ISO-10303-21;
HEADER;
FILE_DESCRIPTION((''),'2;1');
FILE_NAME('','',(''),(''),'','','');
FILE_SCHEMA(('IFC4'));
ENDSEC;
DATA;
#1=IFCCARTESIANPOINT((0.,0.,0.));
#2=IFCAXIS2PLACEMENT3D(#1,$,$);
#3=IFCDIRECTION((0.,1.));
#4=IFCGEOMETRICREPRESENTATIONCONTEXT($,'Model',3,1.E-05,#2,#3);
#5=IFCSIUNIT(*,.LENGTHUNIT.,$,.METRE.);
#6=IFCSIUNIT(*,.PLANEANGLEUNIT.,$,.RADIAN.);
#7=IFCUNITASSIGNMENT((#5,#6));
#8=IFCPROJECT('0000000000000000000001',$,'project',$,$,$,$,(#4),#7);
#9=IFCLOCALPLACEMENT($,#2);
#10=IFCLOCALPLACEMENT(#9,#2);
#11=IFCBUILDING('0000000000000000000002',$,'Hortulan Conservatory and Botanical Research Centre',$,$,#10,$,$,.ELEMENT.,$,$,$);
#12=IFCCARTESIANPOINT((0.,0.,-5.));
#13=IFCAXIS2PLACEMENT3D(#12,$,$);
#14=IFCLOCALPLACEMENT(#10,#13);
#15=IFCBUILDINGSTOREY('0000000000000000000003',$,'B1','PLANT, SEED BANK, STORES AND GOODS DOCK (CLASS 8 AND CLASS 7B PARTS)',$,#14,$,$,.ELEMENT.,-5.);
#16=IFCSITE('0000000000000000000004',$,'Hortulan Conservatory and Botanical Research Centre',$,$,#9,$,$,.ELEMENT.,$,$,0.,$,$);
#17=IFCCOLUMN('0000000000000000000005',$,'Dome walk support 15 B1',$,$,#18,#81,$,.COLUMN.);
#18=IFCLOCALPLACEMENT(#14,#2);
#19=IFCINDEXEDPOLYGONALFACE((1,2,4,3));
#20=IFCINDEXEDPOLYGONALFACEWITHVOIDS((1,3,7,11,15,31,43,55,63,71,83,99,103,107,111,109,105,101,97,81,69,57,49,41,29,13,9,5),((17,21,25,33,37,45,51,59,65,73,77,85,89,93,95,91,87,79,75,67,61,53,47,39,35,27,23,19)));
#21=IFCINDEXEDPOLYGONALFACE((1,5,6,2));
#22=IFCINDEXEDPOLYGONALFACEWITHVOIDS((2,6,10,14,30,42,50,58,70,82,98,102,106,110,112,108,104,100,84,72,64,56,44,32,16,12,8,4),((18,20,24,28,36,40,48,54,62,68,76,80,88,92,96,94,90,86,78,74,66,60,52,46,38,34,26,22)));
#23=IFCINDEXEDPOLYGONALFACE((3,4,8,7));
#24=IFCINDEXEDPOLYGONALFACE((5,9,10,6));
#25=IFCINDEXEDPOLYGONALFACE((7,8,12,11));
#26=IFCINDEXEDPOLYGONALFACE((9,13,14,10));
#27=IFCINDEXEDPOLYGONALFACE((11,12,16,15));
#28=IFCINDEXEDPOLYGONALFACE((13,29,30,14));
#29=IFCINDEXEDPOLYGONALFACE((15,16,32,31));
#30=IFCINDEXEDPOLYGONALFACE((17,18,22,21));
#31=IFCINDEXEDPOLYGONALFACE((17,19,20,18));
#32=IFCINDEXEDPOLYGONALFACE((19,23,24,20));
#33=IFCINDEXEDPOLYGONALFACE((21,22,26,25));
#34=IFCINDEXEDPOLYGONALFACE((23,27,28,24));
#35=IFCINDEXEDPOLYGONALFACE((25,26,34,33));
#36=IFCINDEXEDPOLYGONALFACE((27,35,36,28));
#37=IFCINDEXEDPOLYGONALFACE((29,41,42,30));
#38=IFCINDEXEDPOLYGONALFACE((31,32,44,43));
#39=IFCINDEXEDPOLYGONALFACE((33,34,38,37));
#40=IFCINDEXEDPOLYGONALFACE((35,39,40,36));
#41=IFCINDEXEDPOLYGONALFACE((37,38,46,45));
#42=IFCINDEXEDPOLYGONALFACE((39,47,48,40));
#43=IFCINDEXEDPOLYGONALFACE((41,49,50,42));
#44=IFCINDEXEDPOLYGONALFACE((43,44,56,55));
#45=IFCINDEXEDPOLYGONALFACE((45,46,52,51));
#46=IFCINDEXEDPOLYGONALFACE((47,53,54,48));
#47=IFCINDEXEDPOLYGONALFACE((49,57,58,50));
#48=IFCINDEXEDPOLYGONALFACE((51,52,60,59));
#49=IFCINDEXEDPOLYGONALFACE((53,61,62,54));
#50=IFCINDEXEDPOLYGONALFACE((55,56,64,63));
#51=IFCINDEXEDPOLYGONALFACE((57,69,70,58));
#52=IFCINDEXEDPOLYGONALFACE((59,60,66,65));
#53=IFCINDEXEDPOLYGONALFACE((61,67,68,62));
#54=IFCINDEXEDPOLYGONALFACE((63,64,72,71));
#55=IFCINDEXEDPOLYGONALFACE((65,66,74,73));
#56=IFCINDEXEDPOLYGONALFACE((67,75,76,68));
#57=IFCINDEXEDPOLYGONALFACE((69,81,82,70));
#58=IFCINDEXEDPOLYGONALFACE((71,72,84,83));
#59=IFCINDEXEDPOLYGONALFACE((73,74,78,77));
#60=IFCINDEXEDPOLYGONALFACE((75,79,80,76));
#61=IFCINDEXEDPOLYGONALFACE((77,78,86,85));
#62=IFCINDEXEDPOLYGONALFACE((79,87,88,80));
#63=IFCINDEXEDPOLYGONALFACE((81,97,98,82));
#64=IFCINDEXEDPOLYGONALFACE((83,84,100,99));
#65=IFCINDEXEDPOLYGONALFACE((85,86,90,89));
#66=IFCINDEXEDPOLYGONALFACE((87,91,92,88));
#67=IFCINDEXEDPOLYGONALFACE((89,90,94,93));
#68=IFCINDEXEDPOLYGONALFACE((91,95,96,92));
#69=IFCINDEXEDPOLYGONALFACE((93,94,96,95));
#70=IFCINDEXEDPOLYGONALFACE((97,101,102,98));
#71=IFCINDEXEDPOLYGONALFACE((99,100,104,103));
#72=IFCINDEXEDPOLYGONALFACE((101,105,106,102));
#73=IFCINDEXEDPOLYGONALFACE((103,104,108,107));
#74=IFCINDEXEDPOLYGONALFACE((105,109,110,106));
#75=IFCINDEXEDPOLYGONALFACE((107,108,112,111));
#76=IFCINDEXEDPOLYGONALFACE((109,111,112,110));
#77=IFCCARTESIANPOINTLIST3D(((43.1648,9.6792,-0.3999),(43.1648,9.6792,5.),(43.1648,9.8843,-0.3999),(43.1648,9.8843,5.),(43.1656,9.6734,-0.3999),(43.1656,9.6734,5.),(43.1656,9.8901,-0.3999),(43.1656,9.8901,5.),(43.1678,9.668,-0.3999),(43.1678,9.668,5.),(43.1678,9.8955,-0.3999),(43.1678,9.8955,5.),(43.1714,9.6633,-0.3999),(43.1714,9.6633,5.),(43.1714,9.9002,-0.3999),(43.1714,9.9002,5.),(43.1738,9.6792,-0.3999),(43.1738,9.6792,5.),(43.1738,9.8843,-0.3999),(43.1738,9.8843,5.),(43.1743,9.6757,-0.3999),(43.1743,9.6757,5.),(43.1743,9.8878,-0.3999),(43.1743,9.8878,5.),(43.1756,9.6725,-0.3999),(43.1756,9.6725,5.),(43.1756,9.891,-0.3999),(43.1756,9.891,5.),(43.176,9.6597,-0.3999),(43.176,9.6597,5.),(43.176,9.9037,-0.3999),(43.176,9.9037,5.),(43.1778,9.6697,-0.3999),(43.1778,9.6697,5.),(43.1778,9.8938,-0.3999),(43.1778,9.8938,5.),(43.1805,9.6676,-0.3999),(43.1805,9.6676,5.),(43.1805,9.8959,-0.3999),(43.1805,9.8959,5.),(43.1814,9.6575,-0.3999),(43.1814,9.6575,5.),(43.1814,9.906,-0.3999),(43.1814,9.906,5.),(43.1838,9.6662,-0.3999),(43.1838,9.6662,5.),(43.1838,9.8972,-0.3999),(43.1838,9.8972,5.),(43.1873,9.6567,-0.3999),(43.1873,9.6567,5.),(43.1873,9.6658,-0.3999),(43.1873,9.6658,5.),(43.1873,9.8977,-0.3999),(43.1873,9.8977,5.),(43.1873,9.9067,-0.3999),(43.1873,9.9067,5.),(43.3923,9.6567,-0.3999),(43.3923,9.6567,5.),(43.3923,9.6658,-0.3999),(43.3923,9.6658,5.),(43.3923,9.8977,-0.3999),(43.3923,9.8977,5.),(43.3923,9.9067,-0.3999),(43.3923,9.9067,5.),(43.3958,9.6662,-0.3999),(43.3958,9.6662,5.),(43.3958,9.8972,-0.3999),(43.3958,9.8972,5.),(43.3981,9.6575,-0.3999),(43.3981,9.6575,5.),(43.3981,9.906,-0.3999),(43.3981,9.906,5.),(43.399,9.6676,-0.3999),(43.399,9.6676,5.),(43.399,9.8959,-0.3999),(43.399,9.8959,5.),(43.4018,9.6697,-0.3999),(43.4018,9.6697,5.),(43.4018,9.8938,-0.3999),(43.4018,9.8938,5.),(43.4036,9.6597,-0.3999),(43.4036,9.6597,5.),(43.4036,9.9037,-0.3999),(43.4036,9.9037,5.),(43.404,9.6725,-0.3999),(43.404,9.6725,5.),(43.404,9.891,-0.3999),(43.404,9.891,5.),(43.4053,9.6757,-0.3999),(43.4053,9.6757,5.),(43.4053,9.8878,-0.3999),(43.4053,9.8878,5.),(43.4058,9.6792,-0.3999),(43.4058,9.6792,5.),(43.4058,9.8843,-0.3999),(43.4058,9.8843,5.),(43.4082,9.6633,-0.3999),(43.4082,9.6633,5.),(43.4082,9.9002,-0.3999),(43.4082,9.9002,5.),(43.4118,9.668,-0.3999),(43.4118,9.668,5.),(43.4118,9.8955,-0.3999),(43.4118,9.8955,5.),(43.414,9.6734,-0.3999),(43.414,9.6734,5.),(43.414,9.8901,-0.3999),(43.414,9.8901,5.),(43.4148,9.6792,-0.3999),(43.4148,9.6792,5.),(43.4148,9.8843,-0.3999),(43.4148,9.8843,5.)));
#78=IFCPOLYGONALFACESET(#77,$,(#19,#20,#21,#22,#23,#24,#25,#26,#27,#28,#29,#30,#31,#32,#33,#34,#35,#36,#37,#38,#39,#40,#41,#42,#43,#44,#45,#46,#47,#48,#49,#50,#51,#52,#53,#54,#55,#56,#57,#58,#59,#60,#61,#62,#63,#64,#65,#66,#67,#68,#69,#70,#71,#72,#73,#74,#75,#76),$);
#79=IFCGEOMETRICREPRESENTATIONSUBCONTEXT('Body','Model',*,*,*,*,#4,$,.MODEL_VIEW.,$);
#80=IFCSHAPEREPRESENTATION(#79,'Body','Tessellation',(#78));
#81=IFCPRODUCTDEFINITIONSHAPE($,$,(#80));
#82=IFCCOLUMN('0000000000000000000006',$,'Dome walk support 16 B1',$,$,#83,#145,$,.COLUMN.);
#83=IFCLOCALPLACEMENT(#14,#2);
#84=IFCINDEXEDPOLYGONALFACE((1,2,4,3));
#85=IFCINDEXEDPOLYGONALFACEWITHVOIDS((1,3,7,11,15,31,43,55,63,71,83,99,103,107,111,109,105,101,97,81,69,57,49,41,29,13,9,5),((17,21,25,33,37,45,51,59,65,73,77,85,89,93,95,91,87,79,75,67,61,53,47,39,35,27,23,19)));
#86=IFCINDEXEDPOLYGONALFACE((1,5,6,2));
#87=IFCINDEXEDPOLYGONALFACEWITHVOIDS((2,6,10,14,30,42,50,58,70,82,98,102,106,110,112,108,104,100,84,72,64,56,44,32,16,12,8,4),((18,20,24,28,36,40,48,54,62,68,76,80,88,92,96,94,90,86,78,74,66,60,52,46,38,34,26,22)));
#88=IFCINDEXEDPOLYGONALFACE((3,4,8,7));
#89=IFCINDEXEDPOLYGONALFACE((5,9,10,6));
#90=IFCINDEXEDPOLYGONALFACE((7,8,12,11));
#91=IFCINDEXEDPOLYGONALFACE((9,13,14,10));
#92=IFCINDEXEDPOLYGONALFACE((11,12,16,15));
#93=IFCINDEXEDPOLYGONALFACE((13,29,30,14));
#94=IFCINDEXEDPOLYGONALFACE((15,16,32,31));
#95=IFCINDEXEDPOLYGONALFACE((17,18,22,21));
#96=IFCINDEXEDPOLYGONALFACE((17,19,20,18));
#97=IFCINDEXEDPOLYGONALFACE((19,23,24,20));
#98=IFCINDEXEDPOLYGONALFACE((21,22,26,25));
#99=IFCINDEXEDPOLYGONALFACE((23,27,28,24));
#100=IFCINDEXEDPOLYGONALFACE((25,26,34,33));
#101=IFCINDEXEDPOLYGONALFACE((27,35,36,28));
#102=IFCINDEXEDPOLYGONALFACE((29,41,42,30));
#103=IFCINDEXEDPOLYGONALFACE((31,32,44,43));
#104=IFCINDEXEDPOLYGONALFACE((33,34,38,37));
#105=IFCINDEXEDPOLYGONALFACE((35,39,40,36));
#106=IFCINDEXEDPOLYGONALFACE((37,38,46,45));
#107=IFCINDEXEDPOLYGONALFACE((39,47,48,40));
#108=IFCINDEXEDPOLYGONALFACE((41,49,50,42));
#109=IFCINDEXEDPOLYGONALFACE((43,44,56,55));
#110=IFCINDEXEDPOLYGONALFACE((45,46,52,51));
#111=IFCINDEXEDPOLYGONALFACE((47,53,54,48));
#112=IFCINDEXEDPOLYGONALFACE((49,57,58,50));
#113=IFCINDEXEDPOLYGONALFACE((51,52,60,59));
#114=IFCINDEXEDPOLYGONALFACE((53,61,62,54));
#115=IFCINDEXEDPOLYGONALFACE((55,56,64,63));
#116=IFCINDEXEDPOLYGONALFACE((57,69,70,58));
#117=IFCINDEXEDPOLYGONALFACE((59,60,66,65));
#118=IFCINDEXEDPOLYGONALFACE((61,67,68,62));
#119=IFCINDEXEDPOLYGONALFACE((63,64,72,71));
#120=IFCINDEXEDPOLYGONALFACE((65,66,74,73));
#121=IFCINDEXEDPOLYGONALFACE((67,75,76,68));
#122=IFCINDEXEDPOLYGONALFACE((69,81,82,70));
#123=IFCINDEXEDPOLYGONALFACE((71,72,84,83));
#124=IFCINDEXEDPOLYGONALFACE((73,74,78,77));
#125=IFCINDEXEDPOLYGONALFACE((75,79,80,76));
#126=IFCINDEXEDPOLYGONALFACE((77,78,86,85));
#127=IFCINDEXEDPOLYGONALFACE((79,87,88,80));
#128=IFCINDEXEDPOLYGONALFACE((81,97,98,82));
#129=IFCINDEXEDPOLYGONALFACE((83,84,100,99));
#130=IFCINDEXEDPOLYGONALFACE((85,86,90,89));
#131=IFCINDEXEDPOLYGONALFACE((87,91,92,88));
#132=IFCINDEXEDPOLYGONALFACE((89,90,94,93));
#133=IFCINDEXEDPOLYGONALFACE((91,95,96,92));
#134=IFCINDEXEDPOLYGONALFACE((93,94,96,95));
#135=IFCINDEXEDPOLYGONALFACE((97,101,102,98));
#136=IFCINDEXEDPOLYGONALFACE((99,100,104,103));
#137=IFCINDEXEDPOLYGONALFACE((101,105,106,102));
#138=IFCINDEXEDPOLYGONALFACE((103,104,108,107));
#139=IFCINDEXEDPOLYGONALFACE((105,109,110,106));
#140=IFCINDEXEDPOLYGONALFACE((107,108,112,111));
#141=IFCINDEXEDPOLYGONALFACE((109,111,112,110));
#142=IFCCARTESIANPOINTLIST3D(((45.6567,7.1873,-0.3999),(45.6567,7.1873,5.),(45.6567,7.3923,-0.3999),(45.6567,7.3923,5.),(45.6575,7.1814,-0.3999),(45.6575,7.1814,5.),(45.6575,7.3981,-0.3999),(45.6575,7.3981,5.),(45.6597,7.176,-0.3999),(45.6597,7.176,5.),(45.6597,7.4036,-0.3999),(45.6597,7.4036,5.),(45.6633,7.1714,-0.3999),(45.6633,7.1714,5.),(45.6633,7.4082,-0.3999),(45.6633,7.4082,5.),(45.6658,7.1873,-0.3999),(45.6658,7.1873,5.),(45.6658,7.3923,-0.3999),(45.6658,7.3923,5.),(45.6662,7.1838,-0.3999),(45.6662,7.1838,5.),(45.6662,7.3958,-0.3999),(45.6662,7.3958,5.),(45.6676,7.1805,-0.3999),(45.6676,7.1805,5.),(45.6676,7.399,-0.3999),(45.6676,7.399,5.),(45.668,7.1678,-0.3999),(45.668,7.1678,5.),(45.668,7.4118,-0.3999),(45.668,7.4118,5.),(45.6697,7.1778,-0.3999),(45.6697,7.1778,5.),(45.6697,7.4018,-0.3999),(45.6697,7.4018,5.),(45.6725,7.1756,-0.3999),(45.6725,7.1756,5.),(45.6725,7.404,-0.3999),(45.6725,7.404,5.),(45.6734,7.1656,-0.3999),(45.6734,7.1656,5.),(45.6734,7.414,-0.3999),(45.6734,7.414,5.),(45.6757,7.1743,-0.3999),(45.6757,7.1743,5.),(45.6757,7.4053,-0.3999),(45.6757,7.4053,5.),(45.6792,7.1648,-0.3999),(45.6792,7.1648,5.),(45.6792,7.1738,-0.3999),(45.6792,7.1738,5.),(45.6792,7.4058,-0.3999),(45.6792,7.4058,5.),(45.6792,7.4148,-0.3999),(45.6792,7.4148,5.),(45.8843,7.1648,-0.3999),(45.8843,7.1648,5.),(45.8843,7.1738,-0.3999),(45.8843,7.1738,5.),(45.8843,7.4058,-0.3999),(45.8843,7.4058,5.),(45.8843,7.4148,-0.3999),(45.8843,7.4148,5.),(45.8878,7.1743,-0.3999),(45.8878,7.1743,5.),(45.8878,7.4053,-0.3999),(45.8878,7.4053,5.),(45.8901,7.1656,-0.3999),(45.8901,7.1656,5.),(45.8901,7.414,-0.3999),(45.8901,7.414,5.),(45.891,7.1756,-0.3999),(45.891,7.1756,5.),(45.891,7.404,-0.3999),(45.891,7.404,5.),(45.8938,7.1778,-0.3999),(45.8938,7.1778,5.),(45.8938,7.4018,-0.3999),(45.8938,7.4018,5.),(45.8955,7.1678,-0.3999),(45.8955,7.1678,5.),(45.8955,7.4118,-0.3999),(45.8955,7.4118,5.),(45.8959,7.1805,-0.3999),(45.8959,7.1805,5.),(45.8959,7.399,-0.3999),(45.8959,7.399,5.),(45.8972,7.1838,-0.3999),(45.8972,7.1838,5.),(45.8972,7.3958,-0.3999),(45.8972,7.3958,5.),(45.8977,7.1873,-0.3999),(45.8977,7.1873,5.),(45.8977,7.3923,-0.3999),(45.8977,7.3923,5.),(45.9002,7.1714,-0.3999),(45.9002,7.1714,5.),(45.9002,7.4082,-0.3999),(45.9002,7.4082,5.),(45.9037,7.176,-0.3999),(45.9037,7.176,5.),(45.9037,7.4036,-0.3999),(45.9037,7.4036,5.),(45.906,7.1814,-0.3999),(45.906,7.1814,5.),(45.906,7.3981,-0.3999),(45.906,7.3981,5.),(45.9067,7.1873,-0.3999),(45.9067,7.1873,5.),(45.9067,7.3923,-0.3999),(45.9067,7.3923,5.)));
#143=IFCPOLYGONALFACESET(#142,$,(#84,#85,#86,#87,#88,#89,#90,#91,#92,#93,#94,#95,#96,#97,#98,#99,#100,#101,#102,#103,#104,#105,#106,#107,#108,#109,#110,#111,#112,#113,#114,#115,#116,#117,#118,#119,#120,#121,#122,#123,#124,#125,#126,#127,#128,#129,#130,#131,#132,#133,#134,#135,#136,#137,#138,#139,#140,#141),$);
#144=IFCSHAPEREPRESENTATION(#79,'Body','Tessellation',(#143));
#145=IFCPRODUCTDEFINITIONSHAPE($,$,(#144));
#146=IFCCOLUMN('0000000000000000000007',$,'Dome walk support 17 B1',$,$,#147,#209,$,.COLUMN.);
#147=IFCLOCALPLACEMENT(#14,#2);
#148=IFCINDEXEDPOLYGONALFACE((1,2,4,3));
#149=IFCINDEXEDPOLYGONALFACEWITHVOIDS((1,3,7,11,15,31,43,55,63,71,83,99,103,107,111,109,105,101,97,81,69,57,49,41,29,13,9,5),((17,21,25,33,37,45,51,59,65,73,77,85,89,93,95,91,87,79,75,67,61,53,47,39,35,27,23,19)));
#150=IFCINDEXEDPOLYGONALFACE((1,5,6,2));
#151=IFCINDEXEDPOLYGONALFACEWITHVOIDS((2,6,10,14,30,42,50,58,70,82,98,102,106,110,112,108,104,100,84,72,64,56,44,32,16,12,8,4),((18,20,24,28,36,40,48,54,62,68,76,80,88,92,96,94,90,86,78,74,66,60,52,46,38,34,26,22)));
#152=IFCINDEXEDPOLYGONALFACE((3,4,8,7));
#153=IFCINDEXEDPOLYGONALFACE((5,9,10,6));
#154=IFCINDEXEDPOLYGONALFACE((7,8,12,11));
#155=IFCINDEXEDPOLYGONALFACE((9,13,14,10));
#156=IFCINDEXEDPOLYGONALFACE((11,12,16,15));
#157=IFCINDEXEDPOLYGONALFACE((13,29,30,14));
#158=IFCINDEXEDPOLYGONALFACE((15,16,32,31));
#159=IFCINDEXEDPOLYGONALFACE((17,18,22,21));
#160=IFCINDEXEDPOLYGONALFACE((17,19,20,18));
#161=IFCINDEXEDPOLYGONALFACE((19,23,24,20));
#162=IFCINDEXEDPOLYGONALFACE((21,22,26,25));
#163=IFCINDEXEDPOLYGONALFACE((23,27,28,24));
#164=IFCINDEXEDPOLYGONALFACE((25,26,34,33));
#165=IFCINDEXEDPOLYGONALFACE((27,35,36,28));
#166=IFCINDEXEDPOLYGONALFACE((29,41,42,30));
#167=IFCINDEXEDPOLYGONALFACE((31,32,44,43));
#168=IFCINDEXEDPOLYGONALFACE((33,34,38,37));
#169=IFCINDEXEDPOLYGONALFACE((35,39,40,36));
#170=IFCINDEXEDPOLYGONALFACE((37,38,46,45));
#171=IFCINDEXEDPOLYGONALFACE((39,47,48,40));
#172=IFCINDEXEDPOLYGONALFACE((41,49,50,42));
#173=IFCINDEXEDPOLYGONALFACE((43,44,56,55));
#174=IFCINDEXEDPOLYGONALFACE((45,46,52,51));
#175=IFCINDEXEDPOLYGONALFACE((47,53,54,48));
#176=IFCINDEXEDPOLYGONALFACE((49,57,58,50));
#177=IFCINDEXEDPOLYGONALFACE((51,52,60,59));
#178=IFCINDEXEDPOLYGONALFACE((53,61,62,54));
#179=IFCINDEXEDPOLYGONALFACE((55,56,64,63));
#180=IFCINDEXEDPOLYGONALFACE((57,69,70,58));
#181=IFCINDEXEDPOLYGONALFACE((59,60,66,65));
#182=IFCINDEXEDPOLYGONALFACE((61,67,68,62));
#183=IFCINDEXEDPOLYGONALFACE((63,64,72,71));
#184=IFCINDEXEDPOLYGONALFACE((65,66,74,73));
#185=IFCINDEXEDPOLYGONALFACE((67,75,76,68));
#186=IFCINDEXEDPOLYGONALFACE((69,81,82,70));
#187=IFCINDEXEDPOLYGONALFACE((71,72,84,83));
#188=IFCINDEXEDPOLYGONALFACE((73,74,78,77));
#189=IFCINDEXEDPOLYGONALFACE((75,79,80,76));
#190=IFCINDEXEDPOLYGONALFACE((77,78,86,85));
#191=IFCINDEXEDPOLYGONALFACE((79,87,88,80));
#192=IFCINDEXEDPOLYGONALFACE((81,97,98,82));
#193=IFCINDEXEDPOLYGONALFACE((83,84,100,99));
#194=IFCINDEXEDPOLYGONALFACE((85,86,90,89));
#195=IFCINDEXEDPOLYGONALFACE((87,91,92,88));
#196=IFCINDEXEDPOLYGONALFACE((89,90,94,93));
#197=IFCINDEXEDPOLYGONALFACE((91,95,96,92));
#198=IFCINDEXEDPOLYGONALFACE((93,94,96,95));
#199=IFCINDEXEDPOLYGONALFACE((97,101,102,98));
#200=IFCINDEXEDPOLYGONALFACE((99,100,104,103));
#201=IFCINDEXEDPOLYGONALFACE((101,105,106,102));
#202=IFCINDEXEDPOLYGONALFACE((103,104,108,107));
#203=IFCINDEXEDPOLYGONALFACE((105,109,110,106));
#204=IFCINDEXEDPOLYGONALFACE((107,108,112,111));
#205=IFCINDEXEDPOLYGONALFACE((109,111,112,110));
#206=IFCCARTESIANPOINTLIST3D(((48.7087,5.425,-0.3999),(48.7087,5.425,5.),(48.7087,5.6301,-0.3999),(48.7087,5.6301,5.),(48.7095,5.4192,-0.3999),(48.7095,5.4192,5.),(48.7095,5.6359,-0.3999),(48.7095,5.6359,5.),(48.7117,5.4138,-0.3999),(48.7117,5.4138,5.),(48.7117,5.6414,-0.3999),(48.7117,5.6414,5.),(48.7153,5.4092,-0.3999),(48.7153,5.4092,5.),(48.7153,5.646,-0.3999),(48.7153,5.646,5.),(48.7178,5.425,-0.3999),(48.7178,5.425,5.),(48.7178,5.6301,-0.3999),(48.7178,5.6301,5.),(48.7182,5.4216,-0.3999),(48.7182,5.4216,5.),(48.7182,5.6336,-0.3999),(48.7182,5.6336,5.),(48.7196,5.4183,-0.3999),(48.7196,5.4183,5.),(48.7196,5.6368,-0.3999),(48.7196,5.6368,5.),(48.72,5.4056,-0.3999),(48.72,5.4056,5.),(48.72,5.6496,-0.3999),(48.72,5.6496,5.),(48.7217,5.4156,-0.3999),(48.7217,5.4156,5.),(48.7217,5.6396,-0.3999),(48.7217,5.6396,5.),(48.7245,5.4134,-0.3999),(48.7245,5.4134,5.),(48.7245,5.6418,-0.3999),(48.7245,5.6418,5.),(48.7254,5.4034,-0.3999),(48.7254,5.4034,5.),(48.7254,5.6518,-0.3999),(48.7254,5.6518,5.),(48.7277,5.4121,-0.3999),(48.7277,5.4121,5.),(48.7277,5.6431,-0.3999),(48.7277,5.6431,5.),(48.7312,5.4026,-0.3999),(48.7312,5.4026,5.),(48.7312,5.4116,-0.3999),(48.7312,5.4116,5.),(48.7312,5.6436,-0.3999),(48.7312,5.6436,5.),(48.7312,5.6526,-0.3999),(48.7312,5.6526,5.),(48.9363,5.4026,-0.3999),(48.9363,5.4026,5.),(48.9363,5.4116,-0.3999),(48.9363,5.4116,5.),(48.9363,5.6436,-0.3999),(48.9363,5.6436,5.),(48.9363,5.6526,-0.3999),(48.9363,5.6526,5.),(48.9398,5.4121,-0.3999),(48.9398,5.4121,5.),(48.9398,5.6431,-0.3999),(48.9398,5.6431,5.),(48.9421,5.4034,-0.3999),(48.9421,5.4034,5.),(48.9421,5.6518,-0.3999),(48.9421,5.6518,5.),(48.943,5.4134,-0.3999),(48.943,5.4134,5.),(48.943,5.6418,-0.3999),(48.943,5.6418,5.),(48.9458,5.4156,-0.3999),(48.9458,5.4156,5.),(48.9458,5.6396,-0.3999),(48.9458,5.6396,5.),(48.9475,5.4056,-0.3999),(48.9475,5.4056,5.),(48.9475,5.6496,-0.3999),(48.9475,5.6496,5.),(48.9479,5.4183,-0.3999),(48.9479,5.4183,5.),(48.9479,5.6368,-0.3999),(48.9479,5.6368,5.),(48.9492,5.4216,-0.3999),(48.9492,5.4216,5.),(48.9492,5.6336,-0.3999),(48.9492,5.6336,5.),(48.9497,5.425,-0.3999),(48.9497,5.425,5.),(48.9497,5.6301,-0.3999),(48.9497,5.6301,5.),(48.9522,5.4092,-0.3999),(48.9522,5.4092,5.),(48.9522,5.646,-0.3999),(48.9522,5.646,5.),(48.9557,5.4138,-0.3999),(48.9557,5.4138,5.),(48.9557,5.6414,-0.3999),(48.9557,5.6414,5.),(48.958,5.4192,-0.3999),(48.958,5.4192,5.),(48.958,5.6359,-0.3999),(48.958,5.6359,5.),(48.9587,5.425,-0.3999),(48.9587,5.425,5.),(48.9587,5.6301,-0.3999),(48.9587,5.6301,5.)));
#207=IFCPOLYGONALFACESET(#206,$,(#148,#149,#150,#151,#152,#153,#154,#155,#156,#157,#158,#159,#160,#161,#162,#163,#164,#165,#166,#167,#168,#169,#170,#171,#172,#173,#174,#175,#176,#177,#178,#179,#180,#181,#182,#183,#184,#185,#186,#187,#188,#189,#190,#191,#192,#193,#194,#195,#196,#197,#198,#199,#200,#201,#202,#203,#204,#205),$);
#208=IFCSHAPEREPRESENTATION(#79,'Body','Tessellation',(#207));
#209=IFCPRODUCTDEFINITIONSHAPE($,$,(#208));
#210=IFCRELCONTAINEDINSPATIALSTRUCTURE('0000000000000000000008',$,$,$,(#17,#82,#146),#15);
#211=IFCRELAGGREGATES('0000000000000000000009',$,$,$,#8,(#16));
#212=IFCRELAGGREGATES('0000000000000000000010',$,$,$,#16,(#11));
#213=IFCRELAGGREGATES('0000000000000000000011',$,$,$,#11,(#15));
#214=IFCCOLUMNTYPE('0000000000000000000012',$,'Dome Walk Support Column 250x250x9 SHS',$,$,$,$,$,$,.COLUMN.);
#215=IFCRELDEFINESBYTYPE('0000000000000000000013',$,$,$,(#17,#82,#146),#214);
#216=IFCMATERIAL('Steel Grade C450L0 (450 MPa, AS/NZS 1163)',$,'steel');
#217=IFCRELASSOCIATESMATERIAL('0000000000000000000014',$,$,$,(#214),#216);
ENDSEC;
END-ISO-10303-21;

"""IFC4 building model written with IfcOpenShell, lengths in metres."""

from ifc_helpers import new_model, si_unit, direction, frame, origin, origin_2d, place, context, subcontext, project, spatial, hollow_rectangle, extrude, material, material_profile, profile_set, type_object, element, save


model = new_model("IFC4")

# Units and contexts
model_context = context("Model", 3, precision=1e-05, world=origin(), true_north=direction((0.0, 1.0)))
body_context = subcontext(model_context, "Body", "Model", "MODEL_VIEW")
ifc_project = project(units=[si_unit("LENGTHUNIT", "METRE"), si_unit("PLANEANGLEUNIT", "RADIAN")], contexts=[model_context])

# Site, building, storey
site_placement = place(None, origin())
site = spatial("IfcSite", under=ifc_project, at=site_placement, Name="Hortulan Conservatory and Botanical Research Centre", CompositionType="ELEMENT", RefElevation=0.0)
building_placement = place(site_placement, origin())
building = spatial("IfcBuilding", under=site, at=building_placement, Name="Hortulan Conservatory and Botanical Research Centre", CompositionType="ELEMENT")
storey_placement = place(building_placement, frame((0.0, 0.0, -5.0)))
storey = spatial("IfcBuildingStorey", under=building, at=storey_placement, Name="B1", Description="PLANT, SEED BANK, STORES AND GOODS DOCK (CLASS 8 AND CLASS 7B PARTS)", CompositionType="ELEMENT", Elevation=-5.0)

# Columns
ifc_material_1 = material(Name="Steel Grade C450L0 (450 MPa, AS/NZS 1163)", Category="steel")
ifc_material_profile_1 = material_profile(ifc_material_1, hollow_rectangle(XDim=0.25, YDim=0.25, WallThickness=0.009, InnerFilletRadius=0.0134, OuterFilletRadius=0.0225, at=origin_2d()), Name="250x250x9SHS")
ifc_profile_set_1 = profile_set([ifc_material_profile_1], Name="Steel Grade C450L0 (450 MPa, AS/NZS 1163)")
column_type_1 = type_object("IfcColumnType", Name="Dome Walk Support Column 250x250x9 SHS", PredefinedType="COLUMN", material=ifc_profile_set_1)
for number, where, z_axis, x_axis, name in (
    (1, (43.2898, 9.7817, -0.3999), (0.0, 0.0, 1.0), (1.0, 0.0, 0.0), "Dome walk support 15 B1"),
    (2, (45.7817, 7.2898, -0.3999), (0.0, 0.0, 1.0), (1.0, 0.0, 0.0), "Dome walk support 16 B1"),
    (3, (48.8337, 5.5276, -0.3999), (0.0, 0.0, 1.0), (1.0, 0.0, 0.0), "Dome walk support 17 B1"),
):
    element("IfcColumn", number, at=place(storey_placement, frame(where, z_axis=z_axis, x_axis=x_axis)), inside=storey, type_object=column_type_1, Name=name, PredefinedType="COLUMN", context=body_context, shape_type="SweptSolid", body=[
        extrude(hollow_rectangle(XDim=0.25, YDim=0.25, WallThickness=0.009, InnerFilletRadius=0.0134, OuterFilletRadius=0.0225, at=origin_2d()), origin(), (0.0, 0.0, 1.0), 5.3999),
    ])

save(model, "model.ifc")
